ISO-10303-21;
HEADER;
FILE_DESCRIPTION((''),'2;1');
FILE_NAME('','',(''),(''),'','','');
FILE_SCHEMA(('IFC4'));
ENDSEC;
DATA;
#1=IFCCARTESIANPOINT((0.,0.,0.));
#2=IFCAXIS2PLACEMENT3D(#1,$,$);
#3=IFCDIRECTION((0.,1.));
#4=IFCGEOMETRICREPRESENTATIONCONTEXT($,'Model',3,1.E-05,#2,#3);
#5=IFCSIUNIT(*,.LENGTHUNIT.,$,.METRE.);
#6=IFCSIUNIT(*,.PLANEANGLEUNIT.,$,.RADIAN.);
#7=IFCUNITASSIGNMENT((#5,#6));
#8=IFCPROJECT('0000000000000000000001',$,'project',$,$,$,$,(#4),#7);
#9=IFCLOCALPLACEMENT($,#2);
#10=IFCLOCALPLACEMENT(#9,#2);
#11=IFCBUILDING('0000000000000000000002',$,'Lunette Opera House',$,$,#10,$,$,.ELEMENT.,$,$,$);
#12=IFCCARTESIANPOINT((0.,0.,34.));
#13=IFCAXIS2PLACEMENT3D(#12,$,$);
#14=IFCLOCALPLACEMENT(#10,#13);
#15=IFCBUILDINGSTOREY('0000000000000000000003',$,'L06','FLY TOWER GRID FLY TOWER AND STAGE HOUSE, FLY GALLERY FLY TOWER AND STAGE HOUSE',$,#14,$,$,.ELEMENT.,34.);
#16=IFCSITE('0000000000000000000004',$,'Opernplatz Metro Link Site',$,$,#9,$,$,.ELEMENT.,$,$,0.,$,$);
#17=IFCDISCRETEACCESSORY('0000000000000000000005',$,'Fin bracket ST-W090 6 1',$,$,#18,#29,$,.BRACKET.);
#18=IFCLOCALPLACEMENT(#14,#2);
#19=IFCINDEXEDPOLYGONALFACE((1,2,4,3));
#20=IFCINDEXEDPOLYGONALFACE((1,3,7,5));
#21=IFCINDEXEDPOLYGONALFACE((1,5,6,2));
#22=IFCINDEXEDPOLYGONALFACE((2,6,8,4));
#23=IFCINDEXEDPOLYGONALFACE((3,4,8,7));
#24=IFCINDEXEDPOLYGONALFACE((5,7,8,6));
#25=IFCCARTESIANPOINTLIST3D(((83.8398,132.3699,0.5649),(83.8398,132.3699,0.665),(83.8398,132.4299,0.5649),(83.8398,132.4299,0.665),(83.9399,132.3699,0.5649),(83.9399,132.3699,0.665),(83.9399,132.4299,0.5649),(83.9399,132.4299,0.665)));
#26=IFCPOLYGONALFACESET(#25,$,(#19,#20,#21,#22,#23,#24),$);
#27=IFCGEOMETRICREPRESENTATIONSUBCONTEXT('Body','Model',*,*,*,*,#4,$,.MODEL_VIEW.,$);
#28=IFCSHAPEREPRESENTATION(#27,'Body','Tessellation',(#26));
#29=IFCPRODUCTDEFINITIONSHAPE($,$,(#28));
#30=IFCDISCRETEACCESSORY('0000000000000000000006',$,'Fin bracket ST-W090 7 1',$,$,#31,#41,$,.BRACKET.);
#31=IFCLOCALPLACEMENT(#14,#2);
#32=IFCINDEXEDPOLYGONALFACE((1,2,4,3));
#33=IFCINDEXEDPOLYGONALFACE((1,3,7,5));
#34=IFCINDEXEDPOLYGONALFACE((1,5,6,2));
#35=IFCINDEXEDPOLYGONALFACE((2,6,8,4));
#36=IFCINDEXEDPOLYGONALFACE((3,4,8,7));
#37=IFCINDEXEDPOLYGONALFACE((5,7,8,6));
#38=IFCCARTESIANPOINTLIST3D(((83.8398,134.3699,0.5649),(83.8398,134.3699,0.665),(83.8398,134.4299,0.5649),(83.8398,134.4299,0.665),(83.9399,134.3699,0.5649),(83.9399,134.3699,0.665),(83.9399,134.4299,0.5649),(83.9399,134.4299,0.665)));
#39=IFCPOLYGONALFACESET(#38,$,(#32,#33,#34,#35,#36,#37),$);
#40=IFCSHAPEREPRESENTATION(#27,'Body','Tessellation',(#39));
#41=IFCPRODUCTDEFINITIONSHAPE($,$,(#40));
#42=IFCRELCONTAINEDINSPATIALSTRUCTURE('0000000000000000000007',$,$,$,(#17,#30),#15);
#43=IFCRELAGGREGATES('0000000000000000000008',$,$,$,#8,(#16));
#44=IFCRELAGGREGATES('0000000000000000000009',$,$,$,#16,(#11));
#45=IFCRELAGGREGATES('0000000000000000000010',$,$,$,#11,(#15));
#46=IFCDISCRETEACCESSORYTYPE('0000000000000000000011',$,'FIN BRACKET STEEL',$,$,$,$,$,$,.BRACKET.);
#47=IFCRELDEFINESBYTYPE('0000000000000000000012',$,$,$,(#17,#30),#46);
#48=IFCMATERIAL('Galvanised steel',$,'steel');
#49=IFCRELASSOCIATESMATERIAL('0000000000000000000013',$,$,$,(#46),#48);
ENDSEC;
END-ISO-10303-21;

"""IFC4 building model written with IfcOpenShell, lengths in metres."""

from ifc_helpers import new_model, si_unit, direction, frame, origin, origin_2d, place, context, subcontext, project, spatial, rectangle, extrude, material, type_object, element, save


model = new_model("IFC4")

# Units and contexts
model_context = context("Model", 3, precision=1e-05, world=origin(), true_north=direction((0.0, 1.0)))
body_context = subcontext(model_context, "Body", "Model", "MODEL_VIEW")
ifc_project = project(units=[si_unit("LENGTHUNIT", "METRE"), si_unit("PLANEANGLEUNIT", "RADIAN")], contexts=[model_context])

# Site, building, storey
site_placement = place(None, origin())
site = spatial("IfcSite", under=ifc_project, at=site_placement, Name="Opernplatz Metro Link Site", CompositionType="ELEMENT", RefElevation=0.0)
building_placement = place(site_placement, origin())
building = spatial("IfcBuilding", under=site, at=building_placement, Name="Lunette Opera House", CompositionType="ELEMENT")
storey_placement = place(building_placement, frame((0.0, 0.0, 34.0)))
storey = spatial("IfcBuildingStorey", under=building, at=storey_placement, Name="L06", Description="FLY TOWER GRID FLY TOWER AND STAGE HOUSE, FLY GALLERY FLY TOWER AND STAGE HOUSE", CompositionType="ELEMENT", Elevation=34.0)

# Discrete accessories
ifc_material_1 = material(Name="Galvanised steel", Category="steel")
discrete_accessory_type_1 = type_object("IfcDiscreteAccessoryType", Name="FIN BRACKET STEEL", PredefinedType="BRACKET", material=ifc_material_1)
for number, where, z_axis, x_axis, name in (
    (1, (83.8899, 132.3999, 0.5649), (0.0, 0.0, 1.0), (-1.0, 0.0, 0.0), "Fin bracket ST-W090 6 1"),
    (2, (83.8899, 134.3999, 0.5649), (0.0, 0.0, 1.0), (-1.0, 0.0, 0.0), "Fin bracket ST-W090 7 1"),
):
    element("IfcDiscreteAccessory", number, at=place(storey_placement, frame(where, z_axis=z_axis, x_axis=x_axis)), inside=storey, type_object=discrete_accessory_type_1, Name=name, PredefinedType="BRACKET", context=body_context, shape_type="SweptSolid", body=[
        extrude(rectangle(XDim=0.1001, YDim=0.0601, at=origin_2d()), origin(), (0.0, 0.0, 1.0), 0.1001),
    ])

save(model, "model.ifc")
